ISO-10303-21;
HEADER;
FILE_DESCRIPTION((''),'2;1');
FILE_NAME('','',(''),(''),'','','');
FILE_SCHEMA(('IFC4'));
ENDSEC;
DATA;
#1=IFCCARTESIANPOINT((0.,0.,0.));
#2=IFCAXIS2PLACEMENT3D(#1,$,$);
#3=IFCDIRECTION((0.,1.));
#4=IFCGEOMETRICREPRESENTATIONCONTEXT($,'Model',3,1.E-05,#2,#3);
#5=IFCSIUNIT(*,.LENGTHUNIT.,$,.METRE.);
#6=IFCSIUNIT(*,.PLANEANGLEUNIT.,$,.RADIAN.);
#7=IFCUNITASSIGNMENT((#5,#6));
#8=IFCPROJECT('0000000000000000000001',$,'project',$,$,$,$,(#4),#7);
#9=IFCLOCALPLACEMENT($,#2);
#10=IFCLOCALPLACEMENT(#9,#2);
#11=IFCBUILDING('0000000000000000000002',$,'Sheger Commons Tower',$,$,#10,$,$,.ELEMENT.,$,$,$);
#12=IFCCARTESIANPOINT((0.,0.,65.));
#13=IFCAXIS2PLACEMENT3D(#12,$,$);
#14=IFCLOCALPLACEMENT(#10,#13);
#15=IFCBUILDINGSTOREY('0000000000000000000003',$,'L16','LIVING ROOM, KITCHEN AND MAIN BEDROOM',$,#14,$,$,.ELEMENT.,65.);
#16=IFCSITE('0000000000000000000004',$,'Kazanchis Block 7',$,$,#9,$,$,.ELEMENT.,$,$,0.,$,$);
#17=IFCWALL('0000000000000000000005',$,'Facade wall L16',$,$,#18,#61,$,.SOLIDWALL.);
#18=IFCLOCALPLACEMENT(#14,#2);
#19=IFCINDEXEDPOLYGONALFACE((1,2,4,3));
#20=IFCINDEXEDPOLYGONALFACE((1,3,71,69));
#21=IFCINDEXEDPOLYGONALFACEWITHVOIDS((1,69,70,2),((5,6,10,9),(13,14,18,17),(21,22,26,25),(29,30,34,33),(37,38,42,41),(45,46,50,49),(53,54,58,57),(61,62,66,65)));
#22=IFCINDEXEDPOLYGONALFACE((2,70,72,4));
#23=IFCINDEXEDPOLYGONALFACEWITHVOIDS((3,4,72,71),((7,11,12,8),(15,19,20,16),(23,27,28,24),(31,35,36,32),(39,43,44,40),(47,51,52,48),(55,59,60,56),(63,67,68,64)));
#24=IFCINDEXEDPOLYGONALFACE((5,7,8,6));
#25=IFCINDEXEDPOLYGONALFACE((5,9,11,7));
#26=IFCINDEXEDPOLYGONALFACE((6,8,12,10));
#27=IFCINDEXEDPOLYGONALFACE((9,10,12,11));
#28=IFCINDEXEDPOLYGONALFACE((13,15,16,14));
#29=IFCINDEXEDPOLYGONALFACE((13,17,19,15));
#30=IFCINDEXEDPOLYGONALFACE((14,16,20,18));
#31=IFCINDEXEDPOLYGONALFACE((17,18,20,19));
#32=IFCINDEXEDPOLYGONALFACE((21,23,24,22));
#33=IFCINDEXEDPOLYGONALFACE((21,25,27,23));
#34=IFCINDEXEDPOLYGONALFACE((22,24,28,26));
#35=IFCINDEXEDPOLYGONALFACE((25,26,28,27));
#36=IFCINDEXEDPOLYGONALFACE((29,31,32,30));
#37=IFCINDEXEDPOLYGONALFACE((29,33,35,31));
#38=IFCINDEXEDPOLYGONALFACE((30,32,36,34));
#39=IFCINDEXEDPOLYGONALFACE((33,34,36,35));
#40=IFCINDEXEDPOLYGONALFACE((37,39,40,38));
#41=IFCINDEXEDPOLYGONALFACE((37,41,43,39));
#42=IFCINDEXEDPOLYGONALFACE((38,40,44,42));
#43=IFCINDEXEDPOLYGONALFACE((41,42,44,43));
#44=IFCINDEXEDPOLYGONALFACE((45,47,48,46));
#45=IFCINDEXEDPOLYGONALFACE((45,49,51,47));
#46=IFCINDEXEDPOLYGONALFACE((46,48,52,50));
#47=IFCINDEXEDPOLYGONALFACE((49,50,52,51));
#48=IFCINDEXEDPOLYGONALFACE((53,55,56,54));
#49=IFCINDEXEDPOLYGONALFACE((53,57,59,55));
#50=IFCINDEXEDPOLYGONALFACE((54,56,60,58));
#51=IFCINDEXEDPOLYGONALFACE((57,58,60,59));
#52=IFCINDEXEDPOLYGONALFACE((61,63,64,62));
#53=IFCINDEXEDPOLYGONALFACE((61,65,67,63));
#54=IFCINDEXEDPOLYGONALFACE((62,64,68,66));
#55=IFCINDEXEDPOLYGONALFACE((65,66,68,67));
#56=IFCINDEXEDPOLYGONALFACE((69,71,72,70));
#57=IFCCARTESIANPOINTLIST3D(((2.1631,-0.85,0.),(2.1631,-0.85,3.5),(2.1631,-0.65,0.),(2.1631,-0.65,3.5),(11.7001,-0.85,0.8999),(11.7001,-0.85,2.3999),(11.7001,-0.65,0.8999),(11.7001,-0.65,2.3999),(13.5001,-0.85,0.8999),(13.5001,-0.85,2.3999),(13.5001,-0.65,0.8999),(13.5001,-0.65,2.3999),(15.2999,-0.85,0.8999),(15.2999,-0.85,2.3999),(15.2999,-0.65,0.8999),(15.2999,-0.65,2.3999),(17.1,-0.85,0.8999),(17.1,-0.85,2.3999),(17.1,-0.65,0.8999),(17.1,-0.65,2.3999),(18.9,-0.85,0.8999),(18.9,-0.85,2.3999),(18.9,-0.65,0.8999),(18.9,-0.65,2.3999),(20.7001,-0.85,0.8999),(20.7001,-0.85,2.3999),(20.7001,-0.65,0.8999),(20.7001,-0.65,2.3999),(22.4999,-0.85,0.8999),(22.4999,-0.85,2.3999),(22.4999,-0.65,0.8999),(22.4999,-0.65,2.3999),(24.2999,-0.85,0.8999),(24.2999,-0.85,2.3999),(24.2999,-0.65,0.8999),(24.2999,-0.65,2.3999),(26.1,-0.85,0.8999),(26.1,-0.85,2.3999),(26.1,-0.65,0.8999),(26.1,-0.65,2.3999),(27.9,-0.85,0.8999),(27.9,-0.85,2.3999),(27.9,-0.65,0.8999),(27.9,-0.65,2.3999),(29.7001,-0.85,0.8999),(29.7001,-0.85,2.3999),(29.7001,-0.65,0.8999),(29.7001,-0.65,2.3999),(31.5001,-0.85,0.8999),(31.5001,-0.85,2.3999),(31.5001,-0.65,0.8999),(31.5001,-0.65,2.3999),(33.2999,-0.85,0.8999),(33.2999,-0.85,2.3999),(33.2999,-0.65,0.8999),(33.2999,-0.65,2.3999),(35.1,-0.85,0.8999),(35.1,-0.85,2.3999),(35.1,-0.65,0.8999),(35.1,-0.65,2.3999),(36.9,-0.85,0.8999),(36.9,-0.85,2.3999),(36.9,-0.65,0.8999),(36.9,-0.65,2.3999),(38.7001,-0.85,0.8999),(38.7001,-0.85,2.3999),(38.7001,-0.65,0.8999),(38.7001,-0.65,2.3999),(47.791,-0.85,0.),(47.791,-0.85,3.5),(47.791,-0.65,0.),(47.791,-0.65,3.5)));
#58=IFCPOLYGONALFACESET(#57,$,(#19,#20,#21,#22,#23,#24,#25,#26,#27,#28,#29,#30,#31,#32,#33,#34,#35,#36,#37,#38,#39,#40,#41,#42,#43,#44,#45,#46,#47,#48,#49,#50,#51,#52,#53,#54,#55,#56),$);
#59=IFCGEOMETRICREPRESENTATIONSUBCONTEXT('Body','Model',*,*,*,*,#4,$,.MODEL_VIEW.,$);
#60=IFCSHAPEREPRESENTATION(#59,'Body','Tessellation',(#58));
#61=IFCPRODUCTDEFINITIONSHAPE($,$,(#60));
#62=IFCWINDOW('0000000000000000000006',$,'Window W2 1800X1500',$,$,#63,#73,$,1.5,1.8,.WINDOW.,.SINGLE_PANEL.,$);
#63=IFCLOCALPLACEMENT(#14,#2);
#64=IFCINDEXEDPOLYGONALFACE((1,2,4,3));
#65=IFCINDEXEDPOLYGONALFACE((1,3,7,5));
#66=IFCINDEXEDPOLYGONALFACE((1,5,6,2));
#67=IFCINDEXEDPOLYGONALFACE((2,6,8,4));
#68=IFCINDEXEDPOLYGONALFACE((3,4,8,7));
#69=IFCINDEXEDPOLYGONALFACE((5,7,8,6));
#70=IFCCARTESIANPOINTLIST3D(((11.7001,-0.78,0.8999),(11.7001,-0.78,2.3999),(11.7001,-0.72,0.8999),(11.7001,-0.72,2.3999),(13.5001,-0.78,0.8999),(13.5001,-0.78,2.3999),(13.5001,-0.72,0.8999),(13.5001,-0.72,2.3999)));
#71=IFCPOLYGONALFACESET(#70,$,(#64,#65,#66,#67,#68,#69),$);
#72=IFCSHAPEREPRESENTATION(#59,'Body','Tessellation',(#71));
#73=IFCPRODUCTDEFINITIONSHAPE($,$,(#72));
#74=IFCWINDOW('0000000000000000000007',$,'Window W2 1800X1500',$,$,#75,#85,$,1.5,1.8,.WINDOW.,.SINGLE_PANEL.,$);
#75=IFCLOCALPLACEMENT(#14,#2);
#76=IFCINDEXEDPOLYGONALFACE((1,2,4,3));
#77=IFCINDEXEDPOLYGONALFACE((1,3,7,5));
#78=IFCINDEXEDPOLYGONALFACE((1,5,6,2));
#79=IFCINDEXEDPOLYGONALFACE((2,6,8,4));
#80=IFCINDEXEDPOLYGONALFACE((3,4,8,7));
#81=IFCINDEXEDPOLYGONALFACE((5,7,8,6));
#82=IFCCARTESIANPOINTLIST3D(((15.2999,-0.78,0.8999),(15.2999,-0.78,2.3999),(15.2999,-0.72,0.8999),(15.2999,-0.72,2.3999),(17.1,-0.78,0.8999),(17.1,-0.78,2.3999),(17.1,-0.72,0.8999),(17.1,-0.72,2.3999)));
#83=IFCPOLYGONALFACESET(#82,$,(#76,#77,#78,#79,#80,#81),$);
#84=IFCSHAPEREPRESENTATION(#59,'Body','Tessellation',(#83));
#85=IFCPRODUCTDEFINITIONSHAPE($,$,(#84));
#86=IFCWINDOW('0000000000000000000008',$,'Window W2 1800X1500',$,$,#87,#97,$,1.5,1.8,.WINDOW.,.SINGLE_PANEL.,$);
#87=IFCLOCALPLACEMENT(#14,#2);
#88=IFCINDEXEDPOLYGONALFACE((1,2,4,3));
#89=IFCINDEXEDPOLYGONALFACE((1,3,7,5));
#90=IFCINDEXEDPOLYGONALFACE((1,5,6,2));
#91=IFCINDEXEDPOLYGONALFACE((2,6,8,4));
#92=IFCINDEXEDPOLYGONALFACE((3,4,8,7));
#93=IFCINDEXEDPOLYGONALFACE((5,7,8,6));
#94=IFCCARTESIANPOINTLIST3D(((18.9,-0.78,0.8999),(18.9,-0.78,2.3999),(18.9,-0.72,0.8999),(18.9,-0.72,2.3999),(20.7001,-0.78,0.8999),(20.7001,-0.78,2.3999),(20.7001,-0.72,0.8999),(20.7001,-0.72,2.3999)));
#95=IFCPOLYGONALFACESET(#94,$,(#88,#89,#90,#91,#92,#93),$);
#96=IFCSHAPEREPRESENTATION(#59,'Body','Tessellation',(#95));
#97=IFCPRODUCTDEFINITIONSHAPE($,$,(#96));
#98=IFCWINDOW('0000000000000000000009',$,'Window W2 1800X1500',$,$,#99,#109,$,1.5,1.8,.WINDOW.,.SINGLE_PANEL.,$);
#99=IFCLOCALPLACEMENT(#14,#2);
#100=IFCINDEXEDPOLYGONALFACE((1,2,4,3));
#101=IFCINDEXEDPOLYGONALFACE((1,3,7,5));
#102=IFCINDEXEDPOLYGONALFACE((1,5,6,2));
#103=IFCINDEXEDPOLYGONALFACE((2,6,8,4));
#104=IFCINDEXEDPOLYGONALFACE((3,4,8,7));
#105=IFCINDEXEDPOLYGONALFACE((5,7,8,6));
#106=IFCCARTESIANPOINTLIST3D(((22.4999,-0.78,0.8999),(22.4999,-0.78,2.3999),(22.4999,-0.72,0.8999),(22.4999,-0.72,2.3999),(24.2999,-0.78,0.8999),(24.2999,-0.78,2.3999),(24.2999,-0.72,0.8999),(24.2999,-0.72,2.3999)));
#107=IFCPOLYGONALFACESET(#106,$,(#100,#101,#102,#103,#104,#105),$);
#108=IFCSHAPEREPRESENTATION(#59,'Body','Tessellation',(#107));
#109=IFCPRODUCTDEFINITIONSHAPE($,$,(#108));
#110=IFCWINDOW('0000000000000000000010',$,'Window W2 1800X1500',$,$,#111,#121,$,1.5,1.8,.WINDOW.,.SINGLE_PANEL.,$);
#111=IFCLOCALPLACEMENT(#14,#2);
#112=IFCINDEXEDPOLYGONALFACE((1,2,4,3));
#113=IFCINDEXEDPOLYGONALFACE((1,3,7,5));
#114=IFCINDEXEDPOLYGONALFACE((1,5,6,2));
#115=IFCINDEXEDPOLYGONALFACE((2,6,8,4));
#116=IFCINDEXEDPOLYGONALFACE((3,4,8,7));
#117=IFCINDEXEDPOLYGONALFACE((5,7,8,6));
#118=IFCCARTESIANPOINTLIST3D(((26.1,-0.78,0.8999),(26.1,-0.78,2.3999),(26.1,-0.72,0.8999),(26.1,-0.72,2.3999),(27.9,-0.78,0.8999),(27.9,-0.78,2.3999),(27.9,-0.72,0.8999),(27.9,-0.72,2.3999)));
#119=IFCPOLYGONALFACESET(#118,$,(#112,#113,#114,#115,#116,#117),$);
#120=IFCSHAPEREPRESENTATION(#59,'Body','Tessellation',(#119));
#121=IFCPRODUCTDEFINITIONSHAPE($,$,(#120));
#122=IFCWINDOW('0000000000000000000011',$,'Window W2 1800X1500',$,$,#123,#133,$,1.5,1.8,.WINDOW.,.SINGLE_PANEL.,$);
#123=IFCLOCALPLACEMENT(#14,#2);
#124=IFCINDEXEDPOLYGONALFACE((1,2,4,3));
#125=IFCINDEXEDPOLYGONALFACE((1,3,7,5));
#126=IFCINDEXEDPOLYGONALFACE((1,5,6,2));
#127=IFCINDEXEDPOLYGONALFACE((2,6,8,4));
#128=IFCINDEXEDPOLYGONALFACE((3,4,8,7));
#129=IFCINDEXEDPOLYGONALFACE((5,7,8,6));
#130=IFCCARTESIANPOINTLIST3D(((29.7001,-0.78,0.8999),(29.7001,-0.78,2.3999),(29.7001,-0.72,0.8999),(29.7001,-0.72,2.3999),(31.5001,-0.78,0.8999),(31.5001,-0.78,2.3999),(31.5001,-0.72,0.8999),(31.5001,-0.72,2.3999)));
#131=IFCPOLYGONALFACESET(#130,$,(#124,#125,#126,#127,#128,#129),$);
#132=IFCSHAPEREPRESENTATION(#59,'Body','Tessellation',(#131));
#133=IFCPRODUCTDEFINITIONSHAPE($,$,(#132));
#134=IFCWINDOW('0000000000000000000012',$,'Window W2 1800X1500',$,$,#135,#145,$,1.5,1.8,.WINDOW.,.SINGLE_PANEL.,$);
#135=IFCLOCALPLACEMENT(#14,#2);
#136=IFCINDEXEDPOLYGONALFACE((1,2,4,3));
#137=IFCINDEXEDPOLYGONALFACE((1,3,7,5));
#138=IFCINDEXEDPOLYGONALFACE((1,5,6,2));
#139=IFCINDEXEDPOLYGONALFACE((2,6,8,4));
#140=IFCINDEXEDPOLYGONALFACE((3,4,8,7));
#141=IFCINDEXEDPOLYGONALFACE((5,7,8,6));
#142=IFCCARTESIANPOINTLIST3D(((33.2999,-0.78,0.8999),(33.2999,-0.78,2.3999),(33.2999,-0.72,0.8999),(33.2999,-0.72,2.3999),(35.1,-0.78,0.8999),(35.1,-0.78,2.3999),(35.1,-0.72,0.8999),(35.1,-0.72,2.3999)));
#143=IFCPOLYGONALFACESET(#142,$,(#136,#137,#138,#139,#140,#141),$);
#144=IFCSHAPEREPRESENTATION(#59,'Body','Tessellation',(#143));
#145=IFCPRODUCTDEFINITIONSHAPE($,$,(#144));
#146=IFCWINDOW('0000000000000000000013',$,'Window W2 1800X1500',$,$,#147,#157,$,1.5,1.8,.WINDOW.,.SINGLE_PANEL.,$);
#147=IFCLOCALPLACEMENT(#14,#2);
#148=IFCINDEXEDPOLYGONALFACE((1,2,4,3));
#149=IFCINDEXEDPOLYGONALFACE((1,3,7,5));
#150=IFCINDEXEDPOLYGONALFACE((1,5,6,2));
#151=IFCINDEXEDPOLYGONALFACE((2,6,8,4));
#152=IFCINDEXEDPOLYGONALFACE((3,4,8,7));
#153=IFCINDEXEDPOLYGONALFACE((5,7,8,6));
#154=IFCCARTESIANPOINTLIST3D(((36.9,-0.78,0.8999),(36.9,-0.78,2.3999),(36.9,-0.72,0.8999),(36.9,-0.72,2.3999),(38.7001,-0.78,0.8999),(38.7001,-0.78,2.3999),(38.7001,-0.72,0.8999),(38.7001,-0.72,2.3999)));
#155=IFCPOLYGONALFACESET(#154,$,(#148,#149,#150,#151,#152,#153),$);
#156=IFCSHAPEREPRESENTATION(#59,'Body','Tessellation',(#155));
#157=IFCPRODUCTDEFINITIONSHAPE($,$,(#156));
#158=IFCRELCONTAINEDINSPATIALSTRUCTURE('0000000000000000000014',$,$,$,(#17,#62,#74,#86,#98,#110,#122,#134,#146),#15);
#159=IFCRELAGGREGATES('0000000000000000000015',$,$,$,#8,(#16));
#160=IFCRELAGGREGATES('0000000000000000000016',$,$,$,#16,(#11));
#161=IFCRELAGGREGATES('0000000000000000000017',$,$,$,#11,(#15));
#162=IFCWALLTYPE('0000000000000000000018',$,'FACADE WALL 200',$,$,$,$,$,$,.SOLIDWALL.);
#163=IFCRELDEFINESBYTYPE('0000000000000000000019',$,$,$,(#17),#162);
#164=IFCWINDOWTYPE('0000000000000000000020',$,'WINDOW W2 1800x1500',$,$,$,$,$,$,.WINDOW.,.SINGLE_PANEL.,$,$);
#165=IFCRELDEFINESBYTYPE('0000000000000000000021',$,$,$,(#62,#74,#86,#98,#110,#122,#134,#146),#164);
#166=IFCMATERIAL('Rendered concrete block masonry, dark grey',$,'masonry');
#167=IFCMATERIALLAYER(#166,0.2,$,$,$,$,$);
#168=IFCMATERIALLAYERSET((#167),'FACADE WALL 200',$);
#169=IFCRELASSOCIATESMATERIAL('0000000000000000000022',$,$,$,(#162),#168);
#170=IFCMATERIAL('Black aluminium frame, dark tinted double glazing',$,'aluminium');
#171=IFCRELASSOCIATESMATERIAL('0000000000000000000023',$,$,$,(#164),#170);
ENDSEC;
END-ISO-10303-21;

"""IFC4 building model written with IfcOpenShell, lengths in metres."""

from ifc_helpers import new_model, si_unit, direction, frame, frame_2d, origin, place, context, subcontext, project, spatial, rectangle, extrude, material, layer, layer_set, type_object, element, fill, save


model = new_model("IFC4")

# Units and contexts
model_context = context("Model", 3, precision=1e-05, world=origin(), true_north=direction((0.0, 1.0)))
body_context = subcontext(model_context, "Body", "Model", "MODEL_VIEW")
ifc_project = project(units=[si_unit("LENGTHUNIT", "METRE"), si_unit("PLANEANGLEUNIT", "RADIAN")], contexts=[model_context])

# Site, building, storey
site_placement = place(None, origin())
site = spatial("IfcSite", under=ifc_project, at=site_placement, Name="Kazanchis Block 7", CompositionType="ELEMENT", RefElevation=0.0)
building_placement = place(site_placement, origin())
building = spatial("IfcBuilding", under=site, at=building_placement, Name="Sheger Commons Tower", CompositionType="ELEMENT")
storey_placement = place(building_placement, frame((0.0, 0.0, 65.0)))
storey = spatial("IfcBuildingStorey", under=building, at=storey_placement, Name="L16", Description="LIVING ROOM, KITCHEN AND MAIN BEDROOM", CompositionType="ELEMENT", Elevation=65.0)

# Wall, openings, windows
ifc_material_1 = material(Name="Rendered concrete block masonry, dark grey", Category="masonry")
ifc_layer_1 = layer(ifc_material_1, 0.2)
ifc_layer_set_1 = layer_set([ifc_layer_1], Name="FACADE WALL 200")
wall_type_1 = type_object("IfcWallType", Name="FACADE WALL 200", PredefinedType="SOLIDWALL", material=ifc_layer_set_1)
wall_1_placement = place(storey_placement, frame((2.1631, -0.75, 0.0), z_axis=(0.0, 0.0, 1.0), x_axis=(1.0, 0.0, 0.0)))
wall_1 = element("IfcWall", 1, at=wall_1_placement, inside=storey, type_object=wall_type_1, Name="Facade wall L16", PredefinedType="SOLIDWALL", context=body_context, shape_type="SweptSolid", body=[
    extrude(rectangle(XDim=45.6279, YDim=0.2, at=frame_2d((22.814, 0.0))), origin(), (0.0, 0.0, 1.0), 3.5),
])
opening_1_placement = place(wall_1_placement, frame((9.5371, 0.0, 0.8999)))
opening_1 = element("IfcOpeningElement", 2, at=opening_1_placement, cuts=wall_1, PredefinedType="OPENING", context=body_context, shape_type="SweptSolid", body=[
    extrude(rectangle(XDim=1.8, YDim=1.5, at=frame_2d((0.8999, 0.75))), frame((0.0, 0.1099, 0.0), z_axis=(0.0, -1.0, 0.0), x_axis=(1.0, 0.0, 0.0)), (0.0, 0.0, 1.0), 0.22),
])
opening_2_placement = place(wall_1_placement, frame((13.137, 0.0, 0.8999)))
opening_2 = element("IfcOpeningElement", 3, at=opening_2_placement, cuts=wall_1, PredefinedType="OPENING", context=body_context, shape_type="SweptSolid", body=[
    extrude(rectangle(XDim=1.8, YDim=1.5, at=frame_2d((0.8999, 0.75))), frame((0.0, 0.1099, 0.0), z_axis=(0.0, -1.0, 0.0), x_axis=(1.0, 0.0, 0.0)), (0.0, 0.0, 1.0), 0.22),
])
opening_3_placement = place(wall_1_placement, frame((16.7371, 0.0, 0.8999)))
opening_3 = element("IfcOpeningElement", 4, at=opening_3_placement, cuts=wall_1, PredefinedType="OPENING", context=body_context, shape_type="SweptSolid", body=[
    extrude(rectangle(XDim=1.8, YDim=1.5, at=frame_2d((0.8999, 0.75))), frame((0.0, 0.1099, 0.0), z_axis=(0.0, -1.0, 0.0), x_axis=(1.0, 0.0, 0.0)), (0.0, 0.0, 1.0), 0.22),
])
opening_4_placement = place(wall_1_placement, frame((20.3369, 0.0, 0.8999)))
opening_4 = element("IfcOpeningElement", 5, at=opening_4_placement, cuts=wall_1, PredefinedType="OPENING", context=body_context, shape_type="SweptSolid", body=[
    extrude(rectangle(XDim=1.8, YDim=1.5, at=frame_2d((0.8999, 0.75))), frame((0.0, 0.1099, 0.0), z_axis=(0.0, -1.0, 0.0), x_axis=(1.0, 0.0, 0.0)), (0.0, 0.0, 1.0), 0.22),
])
opening_5_placement = place(wall_1_placement, frame((23.937, 0.0, 0.8999)))
opening_5 = element("IfcOpeningElement", 6, at=opening_5_placement, cuts=wall_1, PredefinedType="OPENING", context=body_context, shape_type="SweptSolid", body=[
    extrude(rectangle(XDim=1.8, YDim=1.5, at=frame_2d((0.8999, 0.75))), frame((0.0, 0.1099, 0.0), z_axis=(0.0, -1.0, 0.0), x_axis=(1.0, 0.0, 0.0)), (0.0, 0.0, 1.0), 0.22),
])
opening_6_placement = place(wall_1_placement, frame((27.5371, 0.0, 0.8999)))
opening_6 = element("IfcOpeningElement", 7, at=opening_6_placement, cuts=wall_1, PredefinedType="OPENING", context=body_context, shape_type="SweptSolid", body=[
    extrude(rectangle(XDim=1.8, YDim=1.5, at=frame_2d((0.8999, 0.75))), frame((0.0, 0.1099, 0.0), z_axis=(0.0, -1.0, 0.0), x_axis=(1.0, 0.0, 0.0)), (0.0, 0.0, 1.0), 0.22),
])
opening_7_placement = place(wall_1_placement, frame((31.137, 0.0, 0.8999)))
opening_7 = element("IfcOpeningElement", 8, at=opening_7_placement, cuts=wall_1, PredefinedType="OPENING", context=body_context, shape_type="SweptSolid", body=[
    extrude(rectangle(XDim=1.8, YDim=1.5, at=frame_2d((0.8999, 0.75))), frame((0.0, 0.1099, 0.0), z_axis=(0.0, -1.0, 0.0), x_axis=(1.0, 0.0, 0.0)), (0.0, 0.0, 1.0), 0.22),
])
opening_8_placement = place(wall_1_placement, frame((34.7371, 0.0, 0.8999)))
opening_8 = element("IfcOpeningElement", 9, at=opening_8_placement, cuts=wall_1, PredefinedType="OPENING", context=body_context, shape_type="SweptSolid", body=[
    extrude(rectangle(XDim=1.8, YDim=1.5, at=frame_2d((0.8999, 0.75))), frame((0.0, 0.1099, 0.0), z_axis=(0.0, -1.0, 0.0), x_axis=(1.0, 0.0, 0.0)), (0.0, 0.0, 1.0), 0.22),
])
ifc_material_2 = material(Name="Black aluminium frame, dark tinted double glazing", Category="aluminium")
window_type = type_object("IfcWindowType", Name="WINDOW W2 1800x1500", PartitioningType="SINGLE_PANEL", PredefinedType="WINDOW", material=ifc_material_2)
window_1_placement = place(opening_1_placement, origin())
window_1 = element("IfcWindow", 10, at=window_1_placement, inside=storey, type_object=window_type, Name="Window W2 1800X1500", OverallHeight=1.5, OverallWidth=1.8, PartitioningType="SINGLE_PANEL", PredefinedType="WINDOW", context=body_context, shape_type="SweptSolid", body=[
    extrude(rectangle(XDim=1.8, YDim=1.5, at=frame_2d((0.8999, 0.75))), frame((0.0, 0.03, 0.0), z_axis=(0.0, -1.0, 0.0), x_axis=(1.0, 0.0, 0.0)), (0.0, 0.0, 1.0), 0.0601),
])
fill(opening_1, window_1)
window_2_placement = place(opening_2_placement, origin())
window_2 = element("IfcWindow", 11, at=window_2_placement, inside=storey, type_object=window_type, Name="Window W2 1800X1500", OverallHeight=1.5, OverallWidth=1.8, PartitioningType="SINGLE_PANEL", PredefinedType="WINDOW", context=body_context, shape_type="SweptSolid", body=[
    extrude(rectangle(XDim=1.8, YDim=1.5, at=frame_2d((0.8999, 0.75))), frame((0.0, 0.03, 0.0), z_axis=(0.0, -1.0, 0.0), x_axis=(1.0, 0.0, 0.0)), (0.0, 0.0, 1.0), 0.0601),
])
fill(opening_2, window_2)
window_3_placement = place(opening_3_placement, origin())
window_3 = element("IfcWindow", 12, at=window_3_placement, inside=storey, type_object=window_type, Name="Window W2 1800X1500", OverallHeight=1.5, OverallWidth=1.8, PartitioningType="SINGLE_PANEL", PredefinedType="WINDOW", context=body_context, shape_type="SweptSolid", body=[
    extrude(rectangle(XDim=1.8, YDim=1.5, at=frame_2d((0.8999, 0.75))), frame((0.0, 0.03, 0.0), z_axis=(0.0, -1.0, 0.0), x_axis=(1.0, 0.0, 0.0)), (0.0, 0.0, 1.0), 0.0601),
])
fill(opening_3, window_3)
window_4_placement = place(opening_4_placement, origin())
window_4 = element("IfcWindow", 13, at=window_4_placement, inside=storey, type_object=window_type, Name="Window W2 1800X1500", OverallHeight=1.5, OverallWidth=1.8, PartitioningType="SINGLE_PANEL", PredefinedType="WINDOW", context=body_context, shape_type="SweptSolid", body=[
    extrude(rectangle(XDim=1.8, YDim=1.5, at=frame_2d((0.8999, 0.75))), frame((0.0, 0.03, 0.0), z_axis=(0.0, -1.0, 0.0), x_axis=(1.0, 0.0, 0.0)), (0.0, 0.0, 1.0), 0.0601),
])
fill(opening_4, window_4)
window_5_placement = place(opening_5_placement, origin())
window_5 = element("IfcWindow", 14, at=window_5_placement, inside=storey, type_object=window_type, Name="Window W2 1800X1500", OverallHeight=1.5, OverallWidth=1.8, PartitioningType="SINGLE_PANEL", PredefinedType="WINDOW", context=body_context, shape_type="SweptSolid", body=[
    extrude(rectangle(XDim=1.8, YDim=1.5, at=frame_2d((0.8999, 0.75))), frame((0.0, 0.03, 0.0), z_axis=(0.0, -1.0, 0.0), x_axis=(1.0, 0.0, 0.0)), (0.0, 0.0, 1.0), 0.0601),
])
fill(opening_5, window_5)
window_6_placement = place(opening_6_placement, origin())
window_6 = element("IfcWindow", 15, at=window_6_placement, inside=storey, type_object=window_type, Name="Window W2 1800X1500", OverallHeight=1.5, OverallWidth=1.8, PartitioningType="SINGLE_PANEL", PredefinedType="WINDOW", context=body_context, shape_type="SweptSolid", body=[
    extrude(rectangle(XDim=1.8, YDim=1.5, at=frame_2d((0.8999, 0.75))), frame((0.0, 0.03, 0.0), z_axis=(0.0, -1.0, 0.0), x_axis=(1.0, 0.0, 0.0)), (0.0, 0.0, 1.0), 0.0601),
])
fill(opening_6, window_6)
window_7_placement = place(opening_7_placement, origin())
window_7 = element("IfcWindow", 16, at=window_7_placement, inside=storey, type_object=window_type, Name="Window W2 1800X1500", OverallHeight=1.5, OverallWidth=1.8, PartitioningType="SINGLE_PANEL", PredefinedType="WINDOW", context=body_context, shape_type="SweptSolid", body=[
    extrude(rectangle(XDim=1.8, YDim=1.5, at=frame_2d((0.8999, 0.75))), frame((0.0, 0.03, 0.0), z_axis=(0.0, -1.0, 0.0), x_axis=(1.0, 0.0, 0.0)), (0.0, 0.0, 1.0), 0.0601),
])
fill(opening_7, window_7)
window_8_placement = place(opening_8_placement, origin())
window_8 = element("IfcWindow", 17, at=window_8_placement, inside=storey, type_object=window_type, Name="Window W2 1800X1500", OverallHeight=1.5, OverallWidth=1.8, PartitioningType="SINGLE_PANEL", PredefinedType="WINDOW", context=body_context, shape_type="SweptSolid", body=[
    extrude(rectangle(XDim=1.8, YDim=1.5, at=frame_2d((0.8999, 0.75))), frame((0.0, 0.03, 0.0), z_axis=(0.0, -1.0, 0.0), x_axis=(1.0, 0.0, 0.0)), (0.0, 0.0, 1.0), 0.0601),
])
fill(opening_8, window_8)

save(model, "model.ifc")
